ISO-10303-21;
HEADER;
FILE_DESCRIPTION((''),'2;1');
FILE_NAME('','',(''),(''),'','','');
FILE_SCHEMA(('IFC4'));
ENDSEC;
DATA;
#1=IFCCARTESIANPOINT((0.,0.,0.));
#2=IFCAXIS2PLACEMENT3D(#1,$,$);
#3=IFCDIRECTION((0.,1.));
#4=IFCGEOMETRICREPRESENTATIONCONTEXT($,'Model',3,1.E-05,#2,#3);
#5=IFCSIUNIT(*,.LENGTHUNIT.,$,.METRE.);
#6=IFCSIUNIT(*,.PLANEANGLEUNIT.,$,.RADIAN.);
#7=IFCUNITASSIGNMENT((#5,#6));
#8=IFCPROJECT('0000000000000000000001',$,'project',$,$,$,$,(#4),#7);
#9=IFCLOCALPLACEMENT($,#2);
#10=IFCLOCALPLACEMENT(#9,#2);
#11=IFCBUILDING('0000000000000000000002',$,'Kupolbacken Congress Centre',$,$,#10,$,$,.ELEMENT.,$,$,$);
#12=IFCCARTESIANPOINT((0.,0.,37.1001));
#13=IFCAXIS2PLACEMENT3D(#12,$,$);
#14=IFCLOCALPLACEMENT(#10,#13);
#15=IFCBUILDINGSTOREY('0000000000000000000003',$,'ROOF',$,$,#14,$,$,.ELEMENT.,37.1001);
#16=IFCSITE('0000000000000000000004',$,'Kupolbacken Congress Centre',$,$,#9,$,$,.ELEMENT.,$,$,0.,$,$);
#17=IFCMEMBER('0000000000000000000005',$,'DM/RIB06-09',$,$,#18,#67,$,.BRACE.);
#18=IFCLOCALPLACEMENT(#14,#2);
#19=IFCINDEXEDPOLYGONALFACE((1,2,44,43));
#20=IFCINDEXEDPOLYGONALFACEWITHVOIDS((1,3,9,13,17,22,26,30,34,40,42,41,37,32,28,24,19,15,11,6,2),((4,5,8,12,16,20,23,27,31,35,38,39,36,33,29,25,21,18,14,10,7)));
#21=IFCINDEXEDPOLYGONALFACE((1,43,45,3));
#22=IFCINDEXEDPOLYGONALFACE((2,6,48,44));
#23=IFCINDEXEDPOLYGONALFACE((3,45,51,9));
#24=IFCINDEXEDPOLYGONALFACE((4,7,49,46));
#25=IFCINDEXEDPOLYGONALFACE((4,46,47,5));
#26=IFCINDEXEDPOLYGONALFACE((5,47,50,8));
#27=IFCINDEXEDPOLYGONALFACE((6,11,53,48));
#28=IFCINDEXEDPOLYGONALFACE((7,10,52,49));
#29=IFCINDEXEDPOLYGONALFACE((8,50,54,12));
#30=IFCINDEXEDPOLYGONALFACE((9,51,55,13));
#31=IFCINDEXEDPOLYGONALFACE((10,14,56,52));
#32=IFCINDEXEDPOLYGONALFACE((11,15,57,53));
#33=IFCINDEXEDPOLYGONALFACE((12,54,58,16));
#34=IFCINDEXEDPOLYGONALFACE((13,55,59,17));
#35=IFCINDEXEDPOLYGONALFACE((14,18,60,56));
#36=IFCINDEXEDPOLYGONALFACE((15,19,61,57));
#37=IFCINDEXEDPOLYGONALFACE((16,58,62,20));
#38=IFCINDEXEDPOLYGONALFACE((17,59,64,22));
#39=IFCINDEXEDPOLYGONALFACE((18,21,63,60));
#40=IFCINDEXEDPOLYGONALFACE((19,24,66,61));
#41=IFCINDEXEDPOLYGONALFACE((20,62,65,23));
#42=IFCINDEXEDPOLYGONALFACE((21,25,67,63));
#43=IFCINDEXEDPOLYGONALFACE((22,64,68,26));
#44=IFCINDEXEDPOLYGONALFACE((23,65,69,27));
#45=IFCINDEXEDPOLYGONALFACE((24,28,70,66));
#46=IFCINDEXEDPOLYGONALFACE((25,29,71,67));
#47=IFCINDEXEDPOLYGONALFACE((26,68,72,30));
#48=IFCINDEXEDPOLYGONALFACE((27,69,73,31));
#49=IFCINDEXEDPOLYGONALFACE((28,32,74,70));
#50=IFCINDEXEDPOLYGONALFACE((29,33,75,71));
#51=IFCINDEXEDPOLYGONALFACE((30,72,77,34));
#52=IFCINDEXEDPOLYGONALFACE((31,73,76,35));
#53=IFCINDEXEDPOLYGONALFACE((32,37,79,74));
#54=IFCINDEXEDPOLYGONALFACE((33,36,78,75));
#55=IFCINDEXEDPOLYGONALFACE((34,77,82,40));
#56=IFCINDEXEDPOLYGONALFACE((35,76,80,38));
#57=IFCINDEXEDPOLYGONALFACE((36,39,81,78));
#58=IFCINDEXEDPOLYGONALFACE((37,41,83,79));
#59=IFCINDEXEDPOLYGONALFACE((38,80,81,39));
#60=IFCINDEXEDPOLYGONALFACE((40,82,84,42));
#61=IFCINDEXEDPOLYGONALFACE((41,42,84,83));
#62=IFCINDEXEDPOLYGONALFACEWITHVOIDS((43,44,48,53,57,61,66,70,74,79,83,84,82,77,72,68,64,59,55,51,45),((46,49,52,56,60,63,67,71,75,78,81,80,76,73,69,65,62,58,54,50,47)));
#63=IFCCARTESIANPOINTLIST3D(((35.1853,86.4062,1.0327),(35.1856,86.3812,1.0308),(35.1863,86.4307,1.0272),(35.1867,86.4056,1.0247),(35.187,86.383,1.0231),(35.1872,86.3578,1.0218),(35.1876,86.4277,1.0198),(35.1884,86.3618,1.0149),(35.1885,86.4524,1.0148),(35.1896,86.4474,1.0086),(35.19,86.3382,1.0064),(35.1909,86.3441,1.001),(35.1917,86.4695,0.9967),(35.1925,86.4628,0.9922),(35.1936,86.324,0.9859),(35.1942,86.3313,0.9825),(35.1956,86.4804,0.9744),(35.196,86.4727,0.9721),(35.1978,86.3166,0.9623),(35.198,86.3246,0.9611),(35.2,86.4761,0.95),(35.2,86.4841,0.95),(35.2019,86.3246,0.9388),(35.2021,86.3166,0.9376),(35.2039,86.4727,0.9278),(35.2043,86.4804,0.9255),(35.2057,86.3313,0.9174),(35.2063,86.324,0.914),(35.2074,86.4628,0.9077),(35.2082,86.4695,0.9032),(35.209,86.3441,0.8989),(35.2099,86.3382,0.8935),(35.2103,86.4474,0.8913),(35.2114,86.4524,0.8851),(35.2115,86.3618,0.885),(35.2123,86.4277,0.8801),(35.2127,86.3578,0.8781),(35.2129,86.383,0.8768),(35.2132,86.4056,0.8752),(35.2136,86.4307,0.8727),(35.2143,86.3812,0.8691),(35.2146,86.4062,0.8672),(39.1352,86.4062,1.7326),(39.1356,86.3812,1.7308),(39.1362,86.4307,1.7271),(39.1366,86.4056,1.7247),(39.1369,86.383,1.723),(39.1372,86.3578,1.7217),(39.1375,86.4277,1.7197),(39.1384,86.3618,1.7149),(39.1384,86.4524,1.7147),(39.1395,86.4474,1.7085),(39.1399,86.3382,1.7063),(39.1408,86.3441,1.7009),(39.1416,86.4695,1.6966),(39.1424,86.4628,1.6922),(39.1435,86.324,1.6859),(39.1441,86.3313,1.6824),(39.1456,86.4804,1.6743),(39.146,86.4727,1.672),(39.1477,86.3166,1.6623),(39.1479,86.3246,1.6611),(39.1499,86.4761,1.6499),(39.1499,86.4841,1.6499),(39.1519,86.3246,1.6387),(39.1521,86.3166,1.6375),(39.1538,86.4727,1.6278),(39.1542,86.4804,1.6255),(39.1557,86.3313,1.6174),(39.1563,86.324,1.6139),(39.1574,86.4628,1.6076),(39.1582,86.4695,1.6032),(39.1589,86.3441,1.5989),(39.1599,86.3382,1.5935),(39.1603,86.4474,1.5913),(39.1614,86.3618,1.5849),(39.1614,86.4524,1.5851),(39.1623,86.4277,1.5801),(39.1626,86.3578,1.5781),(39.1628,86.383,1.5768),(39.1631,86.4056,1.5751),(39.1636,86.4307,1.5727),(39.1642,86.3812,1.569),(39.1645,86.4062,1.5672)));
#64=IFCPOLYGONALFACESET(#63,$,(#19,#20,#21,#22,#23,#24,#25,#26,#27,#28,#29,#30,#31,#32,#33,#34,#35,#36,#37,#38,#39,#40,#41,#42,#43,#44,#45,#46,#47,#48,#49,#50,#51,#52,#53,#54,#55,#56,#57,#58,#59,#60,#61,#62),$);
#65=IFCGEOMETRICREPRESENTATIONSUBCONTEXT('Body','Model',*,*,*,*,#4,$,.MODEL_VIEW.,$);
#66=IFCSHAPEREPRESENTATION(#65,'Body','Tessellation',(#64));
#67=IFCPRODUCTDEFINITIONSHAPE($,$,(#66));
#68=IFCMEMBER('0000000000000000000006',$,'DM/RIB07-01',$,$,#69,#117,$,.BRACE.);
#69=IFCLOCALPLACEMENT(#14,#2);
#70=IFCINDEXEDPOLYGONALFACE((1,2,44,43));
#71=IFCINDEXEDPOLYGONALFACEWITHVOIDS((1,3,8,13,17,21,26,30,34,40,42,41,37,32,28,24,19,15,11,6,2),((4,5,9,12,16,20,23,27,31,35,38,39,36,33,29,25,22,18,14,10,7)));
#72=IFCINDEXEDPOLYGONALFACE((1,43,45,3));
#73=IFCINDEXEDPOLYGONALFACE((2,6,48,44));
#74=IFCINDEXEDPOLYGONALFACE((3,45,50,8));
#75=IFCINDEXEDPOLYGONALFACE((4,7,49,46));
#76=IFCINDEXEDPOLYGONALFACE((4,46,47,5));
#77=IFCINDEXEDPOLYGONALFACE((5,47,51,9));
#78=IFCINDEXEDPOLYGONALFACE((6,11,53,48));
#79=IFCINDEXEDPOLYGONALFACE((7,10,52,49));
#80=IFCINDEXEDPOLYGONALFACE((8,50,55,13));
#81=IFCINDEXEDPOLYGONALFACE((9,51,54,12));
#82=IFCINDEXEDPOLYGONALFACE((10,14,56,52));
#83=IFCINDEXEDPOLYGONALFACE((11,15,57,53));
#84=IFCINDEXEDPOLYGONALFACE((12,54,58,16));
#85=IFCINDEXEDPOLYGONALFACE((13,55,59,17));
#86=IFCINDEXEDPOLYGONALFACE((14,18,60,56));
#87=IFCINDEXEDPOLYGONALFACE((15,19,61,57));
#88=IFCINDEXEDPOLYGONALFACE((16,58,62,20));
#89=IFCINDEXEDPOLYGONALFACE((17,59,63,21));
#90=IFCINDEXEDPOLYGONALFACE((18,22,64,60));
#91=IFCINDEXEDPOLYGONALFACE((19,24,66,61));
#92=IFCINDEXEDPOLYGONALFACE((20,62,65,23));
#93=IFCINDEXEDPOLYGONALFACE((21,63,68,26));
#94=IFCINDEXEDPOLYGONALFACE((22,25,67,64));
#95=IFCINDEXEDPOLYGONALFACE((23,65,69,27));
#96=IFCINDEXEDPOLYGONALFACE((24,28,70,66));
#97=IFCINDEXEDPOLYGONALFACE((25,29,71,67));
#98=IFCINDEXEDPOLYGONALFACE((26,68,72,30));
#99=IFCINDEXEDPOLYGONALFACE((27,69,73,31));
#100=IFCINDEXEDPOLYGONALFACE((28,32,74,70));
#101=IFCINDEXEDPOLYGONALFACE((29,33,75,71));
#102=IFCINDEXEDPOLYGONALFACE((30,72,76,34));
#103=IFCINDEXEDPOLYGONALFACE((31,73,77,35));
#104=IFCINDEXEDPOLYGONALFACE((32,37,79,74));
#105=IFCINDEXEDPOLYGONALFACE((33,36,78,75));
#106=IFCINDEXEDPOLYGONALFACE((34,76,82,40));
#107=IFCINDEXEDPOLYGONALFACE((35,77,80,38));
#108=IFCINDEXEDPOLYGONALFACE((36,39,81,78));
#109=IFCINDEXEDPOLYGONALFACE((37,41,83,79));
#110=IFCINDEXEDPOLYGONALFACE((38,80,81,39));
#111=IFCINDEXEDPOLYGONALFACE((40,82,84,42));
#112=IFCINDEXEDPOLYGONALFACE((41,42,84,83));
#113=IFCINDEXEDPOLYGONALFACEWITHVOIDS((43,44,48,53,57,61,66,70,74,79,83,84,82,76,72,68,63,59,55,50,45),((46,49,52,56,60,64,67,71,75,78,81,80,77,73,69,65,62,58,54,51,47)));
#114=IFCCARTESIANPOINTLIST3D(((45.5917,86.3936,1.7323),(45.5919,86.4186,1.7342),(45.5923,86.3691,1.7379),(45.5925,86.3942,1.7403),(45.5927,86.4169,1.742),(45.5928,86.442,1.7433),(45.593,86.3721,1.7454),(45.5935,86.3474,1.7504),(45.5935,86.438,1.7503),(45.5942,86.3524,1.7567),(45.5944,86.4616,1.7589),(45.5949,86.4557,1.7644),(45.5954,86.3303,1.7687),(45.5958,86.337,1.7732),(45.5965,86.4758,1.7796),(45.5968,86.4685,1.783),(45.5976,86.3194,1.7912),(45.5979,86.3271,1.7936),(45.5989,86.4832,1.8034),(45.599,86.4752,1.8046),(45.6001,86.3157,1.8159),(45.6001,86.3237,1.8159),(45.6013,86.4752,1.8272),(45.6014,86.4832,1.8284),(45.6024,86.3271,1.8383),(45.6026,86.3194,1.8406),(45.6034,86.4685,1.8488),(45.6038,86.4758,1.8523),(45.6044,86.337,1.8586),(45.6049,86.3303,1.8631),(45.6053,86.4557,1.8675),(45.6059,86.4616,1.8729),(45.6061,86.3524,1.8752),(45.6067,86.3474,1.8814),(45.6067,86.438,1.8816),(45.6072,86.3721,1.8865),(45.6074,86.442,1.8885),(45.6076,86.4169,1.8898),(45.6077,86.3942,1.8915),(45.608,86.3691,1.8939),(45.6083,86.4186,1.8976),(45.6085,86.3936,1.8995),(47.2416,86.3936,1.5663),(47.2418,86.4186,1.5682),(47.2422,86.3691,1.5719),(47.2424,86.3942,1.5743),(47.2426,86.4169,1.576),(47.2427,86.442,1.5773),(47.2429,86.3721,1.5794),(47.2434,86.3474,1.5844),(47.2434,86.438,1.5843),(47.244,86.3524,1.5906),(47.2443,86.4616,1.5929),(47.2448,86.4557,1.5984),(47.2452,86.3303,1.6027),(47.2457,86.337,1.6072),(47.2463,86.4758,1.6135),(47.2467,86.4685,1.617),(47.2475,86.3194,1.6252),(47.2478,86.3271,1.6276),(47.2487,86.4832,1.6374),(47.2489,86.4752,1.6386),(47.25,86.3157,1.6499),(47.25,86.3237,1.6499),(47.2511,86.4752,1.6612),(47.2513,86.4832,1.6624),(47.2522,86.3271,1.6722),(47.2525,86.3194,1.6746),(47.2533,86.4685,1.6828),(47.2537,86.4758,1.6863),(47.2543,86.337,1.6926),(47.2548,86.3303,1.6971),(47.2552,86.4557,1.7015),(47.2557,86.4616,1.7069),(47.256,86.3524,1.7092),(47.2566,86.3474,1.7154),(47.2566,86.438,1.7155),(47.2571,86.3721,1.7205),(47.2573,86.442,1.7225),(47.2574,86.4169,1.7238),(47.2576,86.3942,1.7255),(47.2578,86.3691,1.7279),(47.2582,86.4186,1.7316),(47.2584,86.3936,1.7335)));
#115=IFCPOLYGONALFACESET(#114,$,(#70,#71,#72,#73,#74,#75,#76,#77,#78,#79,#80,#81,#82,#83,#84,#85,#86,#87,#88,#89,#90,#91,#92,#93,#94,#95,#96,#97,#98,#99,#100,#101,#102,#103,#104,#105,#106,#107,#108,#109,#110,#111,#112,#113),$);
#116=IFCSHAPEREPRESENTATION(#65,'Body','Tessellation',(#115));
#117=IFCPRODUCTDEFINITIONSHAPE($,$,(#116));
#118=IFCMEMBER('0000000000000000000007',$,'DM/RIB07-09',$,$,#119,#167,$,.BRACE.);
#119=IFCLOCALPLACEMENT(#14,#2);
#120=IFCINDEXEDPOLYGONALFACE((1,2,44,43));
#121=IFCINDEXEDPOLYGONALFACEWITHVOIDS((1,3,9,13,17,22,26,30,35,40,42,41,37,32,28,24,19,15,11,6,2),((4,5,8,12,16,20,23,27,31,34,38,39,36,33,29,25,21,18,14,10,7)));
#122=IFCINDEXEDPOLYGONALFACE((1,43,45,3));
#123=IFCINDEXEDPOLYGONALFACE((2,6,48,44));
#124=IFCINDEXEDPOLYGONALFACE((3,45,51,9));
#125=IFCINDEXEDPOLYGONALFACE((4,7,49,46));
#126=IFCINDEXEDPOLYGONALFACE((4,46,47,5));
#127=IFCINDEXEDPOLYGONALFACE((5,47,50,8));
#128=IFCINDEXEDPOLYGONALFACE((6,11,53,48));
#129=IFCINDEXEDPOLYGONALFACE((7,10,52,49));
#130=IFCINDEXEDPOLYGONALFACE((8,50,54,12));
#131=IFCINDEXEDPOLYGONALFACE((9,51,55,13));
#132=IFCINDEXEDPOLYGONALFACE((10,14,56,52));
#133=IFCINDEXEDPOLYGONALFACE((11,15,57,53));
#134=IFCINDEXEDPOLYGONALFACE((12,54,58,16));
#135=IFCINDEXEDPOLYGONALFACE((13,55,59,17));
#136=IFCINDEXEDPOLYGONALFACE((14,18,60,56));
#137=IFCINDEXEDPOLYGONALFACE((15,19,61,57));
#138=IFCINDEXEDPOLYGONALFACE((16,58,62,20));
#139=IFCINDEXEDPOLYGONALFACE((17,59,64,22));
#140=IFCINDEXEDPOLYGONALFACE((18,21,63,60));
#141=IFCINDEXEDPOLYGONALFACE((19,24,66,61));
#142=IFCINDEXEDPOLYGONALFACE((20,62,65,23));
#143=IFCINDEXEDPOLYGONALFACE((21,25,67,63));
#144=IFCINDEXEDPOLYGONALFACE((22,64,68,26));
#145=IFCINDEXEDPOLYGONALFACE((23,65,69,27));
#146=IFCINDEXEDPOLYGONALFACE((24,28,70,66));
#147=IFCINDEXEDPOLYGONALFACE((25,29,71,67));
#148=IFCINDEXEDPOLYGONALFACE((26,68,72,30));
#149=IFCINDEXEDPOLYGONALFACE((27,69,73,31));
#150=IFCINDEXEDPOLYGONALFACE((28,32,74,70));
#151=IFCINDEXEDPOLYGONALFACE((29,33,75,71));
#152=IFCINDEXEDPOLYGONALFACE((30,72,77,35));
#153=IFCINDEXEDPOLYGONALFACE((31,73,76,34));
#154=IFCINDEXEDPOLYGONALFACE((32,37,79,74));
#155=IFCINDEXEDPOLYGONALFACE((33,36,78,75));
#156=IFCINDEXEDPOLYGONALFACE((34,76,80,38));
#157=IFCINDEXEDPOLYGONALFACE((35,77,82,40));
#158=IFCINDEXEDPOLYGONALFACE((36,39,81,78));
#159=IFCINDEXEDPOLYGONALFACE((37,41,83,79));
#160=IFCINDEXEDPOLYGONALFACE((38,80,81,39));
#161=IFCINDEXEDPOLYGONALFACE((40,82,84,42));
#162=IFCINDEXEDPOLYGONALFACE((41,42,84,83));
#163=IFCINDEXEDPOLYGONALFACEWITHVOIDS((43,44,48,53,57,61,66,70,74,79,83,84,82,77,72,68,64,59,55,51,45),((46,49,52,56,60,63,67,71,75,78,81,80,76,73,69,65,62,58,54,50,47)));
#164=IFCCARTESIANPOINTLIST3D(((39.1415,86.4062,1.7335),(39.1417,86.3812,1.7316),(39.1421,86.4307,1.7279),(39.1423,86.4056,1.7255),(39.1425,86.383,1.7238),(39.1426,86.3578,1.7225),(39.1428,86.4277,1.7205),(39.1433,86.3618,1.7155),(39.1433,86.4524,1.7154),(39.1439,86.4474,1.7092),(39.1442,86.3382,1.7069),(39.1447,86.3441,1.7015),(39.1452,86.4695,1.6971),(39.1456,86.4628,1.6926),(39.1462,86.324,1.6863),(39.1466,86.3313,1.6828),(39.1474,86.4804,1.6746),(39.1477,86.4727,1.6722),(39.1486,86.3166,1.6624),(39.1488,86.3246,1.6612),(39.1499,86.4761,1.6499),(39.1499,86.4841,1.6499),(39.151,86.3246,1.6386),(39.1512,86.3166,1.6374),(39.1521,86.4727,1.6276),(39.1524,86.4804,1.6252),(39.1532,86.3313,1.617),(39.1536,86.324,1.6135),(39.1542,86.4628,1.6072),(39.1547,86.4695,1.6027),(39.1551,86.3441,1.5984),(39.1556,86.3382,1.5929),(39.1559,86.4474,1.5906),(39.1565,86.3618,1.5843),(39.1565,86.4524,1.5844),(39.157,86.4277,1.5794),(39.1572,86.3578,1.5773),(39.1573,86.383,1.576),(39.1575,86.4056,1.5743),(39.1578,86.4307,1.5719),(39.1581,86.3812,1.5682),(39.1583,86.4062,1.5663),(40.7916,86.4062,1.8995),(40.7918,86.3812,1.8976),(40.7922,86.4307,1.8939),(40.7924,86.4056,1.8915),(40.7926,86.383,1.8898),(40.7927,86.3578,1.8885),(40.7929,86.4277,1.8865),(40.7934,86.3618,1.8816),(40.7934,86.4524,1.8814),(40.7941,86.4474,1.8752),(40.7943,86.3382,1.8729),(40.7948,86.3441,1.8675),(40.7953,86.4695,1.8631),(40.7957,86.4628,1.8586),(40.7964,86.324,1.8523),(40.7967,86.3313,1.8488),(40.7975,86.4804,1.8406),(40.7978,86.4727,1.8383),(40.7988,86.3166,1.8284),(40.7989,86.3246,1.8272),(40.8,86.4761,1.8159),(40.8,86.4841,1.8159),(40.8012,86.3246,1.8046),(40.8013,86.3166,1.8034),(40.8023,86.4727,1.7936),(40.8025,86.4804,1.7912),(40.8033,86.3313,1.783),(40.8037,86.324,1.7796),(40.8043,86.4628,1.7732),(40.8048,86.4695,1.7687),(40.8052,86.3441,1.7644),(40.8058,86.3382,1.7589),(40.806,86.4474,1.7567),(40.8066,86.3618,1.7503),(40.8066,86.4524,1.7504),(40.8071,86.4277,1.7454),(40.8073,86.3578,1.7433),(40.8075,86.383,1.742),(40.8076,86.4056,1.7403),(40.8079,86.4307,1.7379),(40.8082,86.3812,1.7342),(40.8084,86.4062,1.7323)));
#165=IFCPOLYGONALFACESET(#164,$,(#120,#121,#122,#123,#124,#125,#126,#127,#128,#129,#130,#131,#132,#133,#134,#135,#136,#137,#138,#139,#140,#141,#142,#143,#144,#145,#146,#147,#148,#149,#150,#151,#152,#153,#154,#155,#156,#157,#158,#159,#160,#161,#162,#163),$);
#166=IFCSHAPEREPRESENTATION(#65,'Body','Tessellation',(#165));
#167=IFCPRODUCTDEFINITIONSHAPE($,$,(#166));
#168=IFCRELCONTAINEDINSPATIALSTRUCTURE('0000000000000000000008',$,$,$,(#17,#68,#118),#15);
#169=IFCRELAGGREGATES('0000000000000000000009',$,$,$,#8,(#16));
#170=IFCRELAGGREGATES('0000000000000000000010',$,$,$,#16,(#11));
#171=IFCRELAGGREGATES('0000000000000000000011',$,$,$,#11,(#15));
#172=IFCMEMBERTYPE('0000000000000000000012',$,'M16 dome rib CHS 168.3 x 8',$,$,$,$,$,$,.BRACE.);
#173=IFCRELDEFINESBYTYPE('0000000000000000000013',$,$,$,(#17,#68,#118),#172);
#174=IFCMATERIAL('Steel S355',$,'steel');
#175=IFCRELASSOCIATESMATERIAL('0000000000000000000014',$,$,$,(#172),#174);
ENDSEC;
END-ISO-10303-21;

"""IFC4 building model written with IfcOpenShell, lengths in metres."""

from ifc_helpers import new_model, si_unit, direction, frame, origin, origin_2d, place, context, subcontext, project, spatial, hollow_circle, extrude, material, material_profile, profile_set, type_object, element, save


model = new_model("IFC4")

# Units and contexts
model_context = context("Model", 3, precision=1e-05, world=origin(), true_north=direction((0.0, 1.0)))
body_context = subcontext(model_context, "Body", "Model", "MODEL_VIEW")
ifc_project = project(units=[si_unit("LENGTHUNIT", "METRE"), si_unit("PLANEANGLEUNIT", "RADIAN")], contexts=[model_context])

# Site, building, storey
site_placement = place(None, origin())
site = spatial("IfcSite", under=ifc_project, at=site_placement, Name="Kupolbacken Congress Centre", CompositionType="ELEMENT", RefElevation=0.0)
building_placement = place(site_placement, origin())
building = spatial("IfcBuilding", under=site, at=building_placement, Name="Kupolbacken Congress Centre", CompositionType="ELEMENT")
storey_placement = place(building_placement, frame((0.0, 0.0, 37.1001)))
storey = spatial("IfcBuildingStorey", under=building, at=storey_placement, Name="ROOF", CompositionType="ELEMENT", Elevation=37.1001)

# Members
ifc_material_1 = material(Name="Steel S355", Category="steel")
ifc_material_profile_1 = material_profile(ifc_material_1, hollow_circle(Radius=0.0842, WallThickness=0.0081, at=origin_2d()), Name="CHS 168.3 x 8")
ifc_profile_set_1 = profile_set([ifc_material_profile_1], Name="Steel S355")
member_type_1 = type_object("IfcMemberType", Name="M16 dome rib CHS 168.3 x 8", PredefinedType="BRACE", material=ifc_profile_set_1)
for number, where, z_axis, x_axis, name in (
    (1, (35.2, 86.3999, 0.95), (0.98466, 0.0, 0.174487), (0.0, 1.0, 0.0), "DM/RIB06-09"),
):
    element("IfcMember", number, at=place(storey_placement, frame(where, z_axis=z_axis, x_axis=x_axis)), inside=storey, type_object=member_type_1, Name=name, PredefinedType="BRACE", context=body_context, shape_type="SweptSolid", body=[
        extrude(hollow_circle(Radius=0.0842, WallThickness=0.0081, at=origin_2d()), origin(), (0.0, 0.0, 1.0), 4.0115),
    ])
member_1_placement = place(storey_placement, frame((47.25, 86.3999, 1.6499), z_axis=(-0.994976, 0.0, 0.100116), x_axis=(0.0, -1.0, 0.0)))
element("IfcMember", 2, at=member_1_placement, inside=storey, type_object=member_type_1, Name="DM/RIB07-01", PredefinedType="BRACE", context=body_context, shape_type="SweptSolid", body=[
    extrude(hollow_circle(Radius=0.0842, WallThickness=0.0081, at=origin_2d()), origin(), (0.0, 0.0, 1.0), 1.6582),
])
member_2_placement = place(storey_placement, frame((39.1499, 86.3999, 1.6499), z_axis=(0.994977, 0.0, 0.100101), x_axis=(0.0, 1.0, 0.0)))
element("IfcMember", 3, at=member_2_placement, inside=storey, type_object=member_type_1, Name="DM/RIB07-09", PredefinedType="BRACE", context=body_context, shape_type="SweptSolid", body=[
    extrude(hollow_circle(Radius=0.0842, WallThickness=0.0081, at=origin_2d()), origin(), (0.0, 0.0, 1.0), 1.6584),
])

save(model, "model.ifc")
